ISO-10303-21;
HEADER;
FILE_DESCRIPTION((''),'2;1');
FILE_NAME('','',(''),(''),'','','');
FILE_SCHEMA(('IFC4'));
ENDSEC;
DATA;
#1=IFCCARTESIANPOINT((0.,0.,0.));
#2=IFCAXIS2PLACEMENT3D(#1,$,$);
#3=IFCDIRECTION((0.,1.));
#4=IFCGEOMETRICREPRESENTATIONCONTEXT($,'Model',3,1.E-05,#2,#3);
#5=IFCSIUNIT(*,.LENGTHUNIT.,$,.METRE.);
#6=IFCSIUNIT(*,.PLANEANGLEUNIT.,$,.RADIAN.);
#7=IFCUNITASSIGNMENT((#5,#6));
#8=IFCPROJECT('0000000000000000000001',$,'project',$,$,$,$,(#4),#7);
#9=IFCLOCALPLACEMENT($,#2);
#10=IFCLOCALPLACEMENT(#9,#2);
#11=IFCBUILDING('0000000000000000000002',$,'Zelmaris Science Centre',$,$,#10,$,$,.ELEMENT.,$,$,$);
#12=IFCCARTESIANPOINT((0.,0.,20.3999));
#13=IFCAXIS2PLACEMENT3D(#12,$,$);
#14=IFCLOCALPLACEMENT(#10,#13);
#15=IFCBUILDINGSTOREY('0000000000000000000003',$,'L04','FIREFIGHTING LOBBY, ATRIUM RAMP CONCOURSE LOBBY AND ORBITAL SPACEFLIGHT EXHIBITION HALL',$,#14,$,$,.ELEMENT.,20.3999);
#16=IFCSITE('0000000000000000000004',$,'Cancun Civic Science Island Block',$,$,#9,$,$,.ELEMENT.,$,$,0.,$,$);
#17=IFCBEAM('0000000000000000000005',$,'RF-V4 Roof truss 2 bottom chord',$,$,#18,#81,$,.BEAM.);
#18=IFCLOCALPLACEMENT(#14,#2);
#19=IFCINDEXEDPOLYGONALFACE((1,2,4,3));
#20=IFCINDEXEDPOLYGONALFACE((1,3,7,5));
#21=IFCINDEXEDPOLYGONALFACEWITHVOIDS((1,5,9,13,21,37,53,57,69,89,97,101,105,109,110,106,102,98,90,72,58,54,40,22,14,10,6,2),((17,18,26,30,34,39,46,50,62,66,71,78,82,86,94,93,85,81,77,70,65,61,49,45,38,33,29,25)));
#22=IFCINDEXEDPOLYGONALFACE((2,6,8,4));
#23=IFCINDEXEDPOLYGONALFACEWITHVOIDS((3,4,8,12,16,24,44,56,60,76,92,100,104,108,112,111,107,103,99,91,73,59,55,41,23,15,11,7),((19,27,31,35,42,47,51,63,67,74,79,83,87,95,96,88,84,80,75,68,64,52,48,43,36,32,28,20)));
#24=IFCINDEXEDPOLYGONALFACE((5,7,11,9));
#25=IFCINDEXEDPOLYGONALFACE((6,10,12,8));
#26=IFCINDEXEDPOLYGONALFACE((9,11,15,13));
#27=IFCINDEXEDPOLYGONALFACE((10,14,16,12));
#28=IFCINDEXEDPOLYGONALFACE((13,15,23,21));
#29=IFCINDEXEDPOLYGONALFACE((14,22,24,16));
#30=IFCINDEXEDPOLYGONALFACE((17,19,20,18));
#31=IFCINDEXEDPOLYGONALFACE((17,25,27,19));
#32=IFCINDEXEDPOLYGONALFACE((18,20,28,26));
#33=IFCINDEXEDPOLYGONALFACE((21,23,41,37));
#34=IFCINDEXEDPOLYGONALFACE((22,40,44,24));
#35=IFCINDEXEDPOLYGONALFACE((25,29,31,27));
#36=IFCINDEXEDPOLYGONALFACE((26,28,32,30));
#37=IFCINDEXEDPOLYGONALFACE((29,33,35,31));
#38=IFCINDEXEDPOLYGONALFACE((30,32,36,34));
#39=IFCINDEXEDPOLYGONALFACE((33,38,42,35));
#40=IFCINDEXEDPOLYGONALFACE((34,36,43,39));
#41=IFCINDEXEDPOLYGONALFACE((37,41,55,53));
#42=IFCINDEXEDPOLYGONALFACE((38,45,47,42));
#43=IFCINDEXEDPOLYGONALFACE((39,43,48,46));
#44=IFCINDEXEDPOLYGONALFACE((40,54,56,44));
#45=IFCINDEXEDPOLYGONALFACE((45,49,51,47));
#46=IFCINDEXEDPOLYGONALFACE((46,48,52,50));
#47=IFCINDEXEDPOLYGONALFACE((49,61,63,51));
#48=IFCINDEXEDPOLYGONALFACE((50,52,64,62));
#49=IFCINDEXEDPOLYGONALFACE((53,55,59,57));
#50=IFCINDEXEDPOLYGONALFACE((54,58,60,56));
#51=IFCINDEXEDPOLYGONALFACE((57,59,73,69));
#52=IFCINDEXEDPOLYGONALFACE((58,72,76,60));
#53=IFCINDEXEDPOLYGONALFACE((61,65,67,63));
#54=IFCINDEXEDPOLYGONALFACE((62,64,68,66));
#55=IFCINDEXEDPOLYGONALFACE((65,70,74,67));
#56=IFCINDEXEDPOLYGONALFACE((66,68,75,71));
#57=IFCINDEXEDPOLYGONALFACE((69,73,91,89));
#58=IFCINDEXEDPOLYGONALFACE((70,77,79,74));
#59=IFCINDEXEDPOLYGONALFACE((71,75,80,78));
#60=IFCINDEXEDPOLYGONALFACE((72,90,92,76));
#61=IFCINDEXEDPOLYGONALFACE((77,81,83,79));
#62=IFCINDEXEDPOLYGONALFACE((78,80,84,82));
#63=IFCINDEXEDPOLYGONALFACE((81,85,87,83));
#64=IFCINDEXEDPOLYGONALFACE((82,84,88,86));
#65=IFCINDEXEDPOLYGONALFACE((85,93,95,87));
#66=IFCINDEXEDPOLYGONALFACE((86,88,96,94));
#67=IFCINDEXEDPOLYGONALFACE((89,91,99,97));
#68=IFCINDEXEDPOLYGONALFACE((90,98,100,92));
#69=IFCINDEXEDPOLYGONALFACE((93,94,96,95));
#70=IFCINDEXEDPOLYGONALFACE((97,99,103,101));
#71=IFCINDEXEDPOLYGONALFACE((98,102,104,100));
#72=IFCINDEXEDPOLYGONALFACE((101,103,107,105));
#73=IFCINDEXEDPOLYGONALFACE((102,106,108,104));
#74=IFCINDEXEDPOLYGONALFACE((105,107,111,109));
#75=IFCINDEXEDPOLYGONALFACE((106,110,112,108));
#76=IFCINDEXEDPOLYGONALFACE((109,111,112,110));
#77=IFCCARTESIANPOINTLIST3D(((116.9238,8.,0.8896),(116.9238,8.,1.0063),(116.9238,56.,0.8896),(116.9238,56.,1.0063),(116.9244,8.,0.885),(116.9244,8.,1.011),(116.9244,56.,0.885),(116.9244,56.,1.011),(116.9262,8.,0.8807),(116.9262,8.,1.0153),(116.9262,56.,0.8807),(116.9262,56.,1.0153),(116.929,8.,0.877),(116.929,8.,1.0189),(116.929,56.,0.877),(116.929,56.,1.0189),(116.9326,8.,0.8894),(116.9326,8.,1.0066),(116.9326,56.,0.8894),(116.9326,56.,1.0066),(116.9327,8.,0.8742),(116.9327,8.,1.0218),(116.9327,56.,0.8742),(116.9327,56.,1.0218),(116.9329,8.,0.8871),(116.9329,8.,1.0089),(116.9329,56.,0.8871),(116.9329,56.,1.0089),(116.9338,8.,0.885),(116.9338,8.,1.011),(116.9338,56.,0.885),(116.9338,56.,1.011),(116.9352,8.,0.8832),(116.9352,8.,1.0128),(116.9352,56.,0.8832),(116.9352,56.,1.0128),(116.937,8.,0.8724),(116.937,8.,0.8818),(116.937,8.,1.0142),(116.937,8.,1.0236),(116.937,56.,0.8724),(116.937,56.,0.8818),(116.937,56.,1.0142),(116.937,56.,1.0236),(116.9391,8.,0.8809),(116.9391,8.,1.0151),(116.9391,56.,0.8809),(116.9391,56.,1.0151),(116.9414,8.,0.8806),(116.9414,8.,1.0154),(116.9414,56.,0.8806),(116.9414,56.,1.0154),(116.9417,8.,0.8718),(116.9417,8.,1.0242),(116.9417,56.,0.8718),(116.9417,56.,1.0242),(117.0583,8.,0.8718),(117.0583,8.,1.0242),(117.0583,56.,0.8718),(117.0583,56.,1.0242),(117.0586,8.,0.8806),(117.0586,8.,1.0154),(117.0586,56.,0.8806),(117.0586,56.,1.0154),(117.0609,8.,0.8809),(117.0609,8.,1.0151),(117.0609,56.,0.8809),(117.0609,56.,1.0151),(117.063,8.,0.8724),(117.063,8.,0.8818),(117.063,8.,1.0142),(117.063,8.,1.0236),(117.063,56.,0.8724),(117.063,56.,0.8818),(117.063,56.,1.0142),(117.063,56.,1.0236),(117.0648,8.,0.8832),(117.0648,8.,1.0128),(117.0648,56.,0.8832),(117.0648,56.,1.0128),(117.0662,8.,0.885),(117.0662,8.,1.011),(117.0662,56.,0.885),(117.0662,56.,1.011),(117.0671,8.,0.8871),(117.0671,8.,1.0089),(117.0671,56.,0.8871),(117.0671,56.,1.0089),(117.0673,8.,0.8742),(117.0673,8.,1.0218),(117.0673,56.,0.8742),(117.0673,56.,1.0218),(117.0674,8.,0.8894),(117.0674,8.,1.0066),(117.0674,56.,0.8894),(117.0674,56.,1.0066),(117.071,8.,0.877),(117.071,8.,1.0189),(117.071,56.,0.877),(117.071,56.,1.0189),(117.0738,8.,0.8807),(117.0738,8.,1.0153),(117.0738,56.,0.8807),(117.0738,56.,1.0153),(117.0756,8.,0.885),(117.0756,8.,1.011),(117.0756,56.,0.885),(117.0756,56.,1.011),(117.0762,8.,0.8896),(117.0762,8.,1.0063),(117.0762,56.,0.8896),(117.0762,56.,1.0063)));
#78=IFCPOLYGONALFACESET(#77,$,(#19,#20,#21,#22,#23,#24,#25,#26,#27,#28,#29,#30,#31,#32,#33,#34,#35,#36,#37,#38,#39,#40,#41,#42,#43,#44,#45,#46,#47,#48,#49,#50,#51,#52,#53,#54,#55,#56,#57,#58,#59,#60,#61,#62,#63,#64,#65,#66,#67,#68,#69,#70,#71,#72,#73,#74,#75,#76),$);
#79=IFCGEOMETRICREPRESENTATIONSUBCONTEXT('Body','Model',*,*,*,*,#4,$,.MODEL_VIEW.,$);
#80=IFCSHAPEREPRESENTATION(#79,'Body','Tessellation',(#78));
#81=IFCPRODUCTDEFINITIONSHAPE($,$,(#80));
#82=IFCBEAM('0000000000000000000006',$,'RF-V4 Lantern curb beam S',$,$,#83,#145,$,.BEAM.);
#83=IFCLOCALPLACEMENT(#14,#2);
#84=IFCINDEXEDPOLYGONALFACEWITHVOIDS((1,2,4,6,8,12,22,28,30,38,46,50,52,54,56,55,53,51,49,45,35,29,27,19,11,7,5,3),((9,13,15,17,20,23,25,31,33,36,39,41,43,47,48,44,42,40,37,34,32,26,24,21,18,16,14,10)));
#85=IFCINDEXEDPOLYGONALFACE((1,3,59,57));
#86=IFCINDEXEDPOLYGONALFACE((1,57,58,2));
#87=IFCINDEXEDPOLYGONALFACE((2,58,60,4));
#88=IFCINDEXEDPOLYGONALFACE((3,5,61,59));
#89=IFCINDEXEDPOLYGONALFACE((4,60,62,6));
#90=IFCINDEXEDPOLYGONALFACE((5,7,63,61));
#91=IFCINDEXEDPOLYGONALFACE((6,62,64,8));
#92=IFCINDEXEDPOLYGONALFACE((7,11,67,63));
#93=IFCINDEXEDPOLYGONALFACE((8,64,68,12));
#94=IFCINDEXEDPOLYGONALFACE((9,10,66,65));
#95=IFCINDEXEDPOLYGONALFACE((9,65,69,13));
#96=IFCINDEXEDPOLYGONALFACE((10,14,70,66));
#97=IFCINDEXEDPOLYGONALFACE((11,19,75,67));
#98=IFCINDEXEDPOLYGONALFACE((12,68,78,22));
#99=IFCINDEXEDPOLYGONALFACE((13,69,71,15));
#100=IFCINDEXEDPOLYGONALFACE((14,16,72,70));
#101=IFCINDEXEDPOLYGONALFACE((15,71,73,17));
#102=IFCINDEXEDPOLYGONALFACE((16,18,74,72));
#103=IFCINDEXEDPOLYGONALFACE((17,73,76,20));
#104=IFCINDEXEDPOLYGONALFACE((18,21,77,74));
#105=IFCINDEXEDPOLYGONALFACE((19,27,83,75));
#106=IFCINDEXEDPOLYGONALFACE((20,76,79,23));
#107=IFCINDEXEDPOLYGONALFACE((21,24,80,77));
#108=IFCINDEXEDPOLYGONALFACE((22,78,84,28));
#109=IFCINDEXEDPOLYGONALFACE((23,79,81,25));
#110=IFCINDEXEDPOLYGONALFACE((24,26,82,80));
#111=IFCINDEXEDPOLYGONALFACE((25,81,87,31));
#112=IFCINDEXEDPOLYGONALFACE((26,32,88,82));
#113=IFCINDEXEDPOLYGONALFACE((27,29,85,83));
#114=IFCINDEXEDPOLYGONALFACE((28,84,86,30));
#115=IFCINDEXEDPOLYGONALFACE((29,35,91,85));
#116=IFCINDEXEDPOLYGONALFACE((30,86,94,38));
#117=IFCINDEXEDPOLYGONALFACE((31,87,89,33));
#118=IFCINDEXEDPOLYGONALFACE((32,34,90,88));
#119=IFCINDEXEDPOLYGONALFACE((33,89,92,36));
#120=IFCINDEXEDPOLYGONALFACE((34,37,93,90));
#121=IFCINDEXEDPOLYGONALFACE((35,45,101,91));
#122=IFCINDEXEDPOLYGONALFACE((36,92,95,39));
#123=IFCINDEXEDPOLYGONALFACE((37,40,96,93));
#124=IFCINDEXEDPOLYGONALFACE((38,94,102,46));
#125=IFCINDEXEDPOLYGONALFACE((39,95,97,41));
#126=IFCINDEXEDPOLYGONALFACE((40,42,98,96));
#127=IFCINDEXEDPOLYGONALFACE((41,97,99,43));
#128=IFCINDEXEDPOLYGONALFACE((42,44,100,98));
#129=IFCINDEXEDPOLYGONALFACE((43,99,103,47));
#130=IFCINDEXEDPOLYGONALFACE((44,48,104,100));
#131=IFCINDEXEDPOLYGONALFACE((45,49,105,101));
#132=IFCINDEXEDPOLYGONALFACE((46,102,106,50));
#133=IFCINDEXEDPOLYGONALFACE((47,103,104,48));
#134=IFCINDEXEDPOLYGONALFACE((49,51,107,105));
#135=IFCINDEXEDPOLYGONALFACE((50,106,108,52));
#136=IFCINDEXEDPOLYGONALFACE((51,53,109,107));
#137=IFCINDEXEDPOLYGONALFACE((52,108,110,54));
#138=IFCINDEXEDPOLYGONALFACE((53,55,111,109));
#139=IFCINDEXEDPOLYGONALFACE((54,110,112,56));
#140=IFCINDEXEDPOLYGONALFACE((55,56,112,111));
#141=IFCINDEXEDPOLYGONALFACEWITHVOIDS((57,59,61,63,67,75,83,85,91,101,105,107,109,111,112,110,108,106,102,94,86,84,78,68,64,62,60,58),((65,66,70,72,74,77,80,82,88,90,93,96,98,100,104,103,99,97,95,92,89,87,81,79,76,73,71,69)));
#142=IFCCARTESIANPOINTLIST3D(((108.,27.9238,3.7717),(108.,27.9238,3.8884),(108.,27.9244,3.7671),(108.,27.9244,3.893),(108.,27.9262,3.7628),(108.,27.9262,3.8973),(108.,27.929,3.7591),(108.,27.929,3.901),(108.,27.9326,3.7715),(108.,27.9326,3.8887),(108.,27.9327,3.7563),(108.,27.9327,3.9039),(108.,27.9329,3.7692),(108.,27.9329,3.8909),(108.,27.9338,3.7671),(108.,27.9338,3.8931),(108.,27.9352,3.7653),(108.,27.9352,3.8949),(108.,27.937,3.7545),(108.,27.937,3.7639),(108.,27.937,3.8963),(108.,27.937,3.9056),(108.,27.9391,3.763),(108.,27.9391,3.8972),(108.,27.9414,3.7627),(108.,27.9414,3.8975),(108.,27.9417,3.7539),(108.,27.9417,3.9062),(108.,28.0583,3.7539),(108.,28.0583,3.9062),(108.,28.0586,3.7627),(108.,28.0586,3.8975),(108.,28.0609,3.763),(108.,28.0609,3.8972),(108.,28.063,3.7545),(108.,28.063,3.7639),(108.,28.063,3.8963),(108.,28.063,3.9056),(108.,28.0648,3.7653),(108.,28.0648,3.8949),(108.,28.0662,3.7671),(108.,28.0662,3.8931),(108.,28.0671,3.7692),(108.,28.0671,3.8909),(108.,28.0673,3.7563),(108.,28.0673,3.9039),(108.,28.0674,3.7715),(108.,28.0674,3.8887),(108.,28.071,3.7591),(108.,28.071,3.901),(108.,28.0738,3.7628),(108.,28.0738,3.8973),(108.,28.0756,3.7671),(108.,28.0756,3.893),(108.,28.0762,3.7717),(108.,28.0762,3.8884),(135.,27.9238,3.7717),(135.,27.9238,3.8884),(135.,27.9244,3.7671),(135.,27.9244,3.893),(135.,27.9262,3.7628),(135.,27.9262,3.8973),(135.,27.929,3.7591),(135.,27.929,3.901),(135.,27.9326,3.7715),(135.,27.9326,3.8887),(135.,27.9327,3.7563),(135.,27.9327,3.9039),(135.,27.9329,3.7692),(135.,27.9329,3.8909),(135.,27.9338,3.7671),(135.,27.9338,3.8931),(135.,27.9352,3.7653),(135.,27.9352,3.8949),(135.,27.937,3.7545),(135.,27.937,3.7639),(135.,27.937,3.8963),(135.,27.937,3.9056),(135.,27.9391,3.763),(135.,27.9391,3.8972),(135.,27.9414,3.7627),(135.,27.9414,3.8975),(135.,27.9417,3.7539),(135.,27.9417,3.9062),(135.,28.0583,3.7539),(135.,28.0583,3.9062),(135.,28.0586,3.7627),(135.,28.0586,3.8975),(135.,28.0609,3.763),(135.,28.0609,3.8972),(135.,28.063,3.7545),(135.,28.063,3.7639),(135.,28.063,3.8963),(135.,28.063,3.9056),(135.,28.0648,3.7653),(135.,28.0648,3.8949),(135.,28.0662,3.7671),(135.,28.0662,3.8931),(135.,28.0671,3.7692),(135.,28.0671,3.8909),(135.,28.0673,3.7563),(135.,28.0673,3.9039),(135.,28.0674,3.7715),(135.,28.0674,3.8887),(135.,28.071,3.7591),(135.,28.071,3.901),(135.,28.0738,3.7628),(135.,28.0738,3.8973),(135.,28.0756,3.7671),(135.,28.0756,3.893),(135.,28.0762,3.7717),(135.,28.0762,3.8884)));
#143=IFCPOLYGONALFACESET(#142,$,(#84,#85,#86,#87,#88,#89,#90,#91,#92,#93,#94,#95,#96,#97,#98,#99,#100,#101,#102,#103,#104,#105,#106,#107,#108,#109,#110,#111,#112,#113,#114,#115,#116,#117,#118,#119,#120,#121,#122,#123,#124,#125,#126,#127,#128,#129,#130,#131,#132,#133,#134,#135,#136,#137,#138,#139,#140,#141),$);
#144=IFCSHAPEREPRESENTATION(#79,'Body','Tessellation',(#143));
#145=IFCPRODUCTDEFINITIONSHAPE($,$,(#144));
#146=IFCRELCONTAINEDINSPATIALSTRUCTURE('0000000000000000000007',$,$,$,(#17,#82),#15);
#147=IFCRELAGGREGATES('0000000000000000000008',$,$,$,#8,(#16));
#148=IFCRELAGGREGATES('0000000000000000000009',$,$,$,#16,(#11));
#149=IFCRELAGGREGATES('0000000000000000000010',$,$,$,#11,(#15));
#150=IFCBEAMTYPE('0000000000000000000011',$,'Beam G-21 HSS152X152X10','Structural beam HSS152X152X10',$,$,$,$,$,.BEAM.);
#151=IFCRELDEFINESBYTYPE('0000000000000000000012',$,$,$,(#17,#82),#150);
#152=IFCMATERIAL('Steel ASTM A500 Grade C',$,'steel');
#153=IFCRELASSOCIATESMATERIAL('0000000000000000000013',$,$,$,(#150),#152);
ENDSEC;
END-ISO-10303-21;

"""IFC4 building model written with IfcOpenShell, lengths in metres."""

from ifc_helpers import new_model, si_unit, direction, frame, origin, origin_2d, place, context, subcontext, project, spatial, hollow_rectangle, extrude, material, material_profile, profile_set, type_object, element, save


model = new_model("IFC4")

# Units and contexts
model_context = context("Model", 3, precision=1e-05, world=origin(), true_north=direction((0.0, 1.0)))
body_context = subcontext(model_context, "Body", "Model", "MODEL_VIEW")
ifc_project = project(units=[si_unit("LENGTHUNIT", "METRE"), si_unit("PLANEANGLEUNIT", "RADIAN")], contexts=[model_context])

# Site, building, storey
site_placement = place(None, origin())
site = spatial("IfcSite", under=ifc_project, at=site_placement, Name="Cancun Civic Science Island Block", CompositionType="ELEMENT", RefElevation=0.0)
building_placement = place(site_placement, origin())
building = spatial("IfcBuilding", under=site, at=building_placement, Name="Zelmaris Science Centre", CompositionType="ELEMENT")
storey_placement = place(building_placement, frame((0.0, 0.0, 20.3999)))
storey = spatial("IfcBuildingStorey", under=building, at=storey_placement, Name="L04", Description="FIREFIGHTING LOBBY, ATRIUM RAMP CONCOURSE LOBBY AND ORBITAL SPACEFLIGHT EXHIBITION HALL", CompositionType="ELEMENT", Elevation=20.3999)

# Beams
ifc_material_1 = material(Name="Steel ASTM A500 Grade C", Category="steel")
ifc_material_profile_1 = material_profile(ifc_material_1, hollow_rectangle(XDim=0.1523, YDim=0.1523, WallThickness=0.0088, InnerFilletRadius=0.0088, OuterFilletRadius=0.0178, at=origin_2d()), Name="HSS152X152X10")
ifc_profile_set_1 = profile_set([ifc_material_profile_1], Name="Steel ASTM A500 Grade C")
beam_type_1 = type_object("IfcBeamType", Name="Beam G-21 HSS152X152X10", Description="Structural beam HSS152X152X10", PredefinedType="BEAM", material=ifc_profile_set_1)
beam_1_placement = place(storey_placement, frame((117.0, 8.0, 0.948), z_axis=(0.0, 1.0, 0.0), x_axis=(-1.0, 0.0, 0.0)))
element("IfcBeam", 1, at=beam_1_placement, inside=storey, type_object=beam_type_1, Name="RF-V4 Roof truss 2 bottom chord", PredefinedType="BEAM", context=body_context, shape_type="SweptSolid", body=[
    extrude(hollow_rectangle(XDim=0.1523, YDim=0.1523, WallThickness=0.0088, InnerFilletRadius=0.0088, OuterFilletRadius=0.0178, at=origin_2d()), origin(), (0.0, 0.0, 1.0), 48.0),
])
beam_2_placement = place(storey_placement, frame((108.0, 28.0, 3.8301), z_axis=(1.0, 0.0, 0.0), x_axis=(0.0, 1.0, 0.0)))
element("IfcBeam", 2, at=beam_2_placement, inside=storey, type_object=beam_type_1, Name="RF-V4 Lantern curb beam S", PredefinedType="BEAM", context=body_context, shape_type="SweptSolid", body=[
    extrude(hollow_rectangle(XDim=0.1523, YDim=0.1523, WallThickness=0.0088, InnerFilletRadius=0.0088, OuterFilletRadius=0.0178, at=origin_2d()), origin(), (0.0, 0.0, 1.0), 27.0),
])

save(model, "model.ifc")
